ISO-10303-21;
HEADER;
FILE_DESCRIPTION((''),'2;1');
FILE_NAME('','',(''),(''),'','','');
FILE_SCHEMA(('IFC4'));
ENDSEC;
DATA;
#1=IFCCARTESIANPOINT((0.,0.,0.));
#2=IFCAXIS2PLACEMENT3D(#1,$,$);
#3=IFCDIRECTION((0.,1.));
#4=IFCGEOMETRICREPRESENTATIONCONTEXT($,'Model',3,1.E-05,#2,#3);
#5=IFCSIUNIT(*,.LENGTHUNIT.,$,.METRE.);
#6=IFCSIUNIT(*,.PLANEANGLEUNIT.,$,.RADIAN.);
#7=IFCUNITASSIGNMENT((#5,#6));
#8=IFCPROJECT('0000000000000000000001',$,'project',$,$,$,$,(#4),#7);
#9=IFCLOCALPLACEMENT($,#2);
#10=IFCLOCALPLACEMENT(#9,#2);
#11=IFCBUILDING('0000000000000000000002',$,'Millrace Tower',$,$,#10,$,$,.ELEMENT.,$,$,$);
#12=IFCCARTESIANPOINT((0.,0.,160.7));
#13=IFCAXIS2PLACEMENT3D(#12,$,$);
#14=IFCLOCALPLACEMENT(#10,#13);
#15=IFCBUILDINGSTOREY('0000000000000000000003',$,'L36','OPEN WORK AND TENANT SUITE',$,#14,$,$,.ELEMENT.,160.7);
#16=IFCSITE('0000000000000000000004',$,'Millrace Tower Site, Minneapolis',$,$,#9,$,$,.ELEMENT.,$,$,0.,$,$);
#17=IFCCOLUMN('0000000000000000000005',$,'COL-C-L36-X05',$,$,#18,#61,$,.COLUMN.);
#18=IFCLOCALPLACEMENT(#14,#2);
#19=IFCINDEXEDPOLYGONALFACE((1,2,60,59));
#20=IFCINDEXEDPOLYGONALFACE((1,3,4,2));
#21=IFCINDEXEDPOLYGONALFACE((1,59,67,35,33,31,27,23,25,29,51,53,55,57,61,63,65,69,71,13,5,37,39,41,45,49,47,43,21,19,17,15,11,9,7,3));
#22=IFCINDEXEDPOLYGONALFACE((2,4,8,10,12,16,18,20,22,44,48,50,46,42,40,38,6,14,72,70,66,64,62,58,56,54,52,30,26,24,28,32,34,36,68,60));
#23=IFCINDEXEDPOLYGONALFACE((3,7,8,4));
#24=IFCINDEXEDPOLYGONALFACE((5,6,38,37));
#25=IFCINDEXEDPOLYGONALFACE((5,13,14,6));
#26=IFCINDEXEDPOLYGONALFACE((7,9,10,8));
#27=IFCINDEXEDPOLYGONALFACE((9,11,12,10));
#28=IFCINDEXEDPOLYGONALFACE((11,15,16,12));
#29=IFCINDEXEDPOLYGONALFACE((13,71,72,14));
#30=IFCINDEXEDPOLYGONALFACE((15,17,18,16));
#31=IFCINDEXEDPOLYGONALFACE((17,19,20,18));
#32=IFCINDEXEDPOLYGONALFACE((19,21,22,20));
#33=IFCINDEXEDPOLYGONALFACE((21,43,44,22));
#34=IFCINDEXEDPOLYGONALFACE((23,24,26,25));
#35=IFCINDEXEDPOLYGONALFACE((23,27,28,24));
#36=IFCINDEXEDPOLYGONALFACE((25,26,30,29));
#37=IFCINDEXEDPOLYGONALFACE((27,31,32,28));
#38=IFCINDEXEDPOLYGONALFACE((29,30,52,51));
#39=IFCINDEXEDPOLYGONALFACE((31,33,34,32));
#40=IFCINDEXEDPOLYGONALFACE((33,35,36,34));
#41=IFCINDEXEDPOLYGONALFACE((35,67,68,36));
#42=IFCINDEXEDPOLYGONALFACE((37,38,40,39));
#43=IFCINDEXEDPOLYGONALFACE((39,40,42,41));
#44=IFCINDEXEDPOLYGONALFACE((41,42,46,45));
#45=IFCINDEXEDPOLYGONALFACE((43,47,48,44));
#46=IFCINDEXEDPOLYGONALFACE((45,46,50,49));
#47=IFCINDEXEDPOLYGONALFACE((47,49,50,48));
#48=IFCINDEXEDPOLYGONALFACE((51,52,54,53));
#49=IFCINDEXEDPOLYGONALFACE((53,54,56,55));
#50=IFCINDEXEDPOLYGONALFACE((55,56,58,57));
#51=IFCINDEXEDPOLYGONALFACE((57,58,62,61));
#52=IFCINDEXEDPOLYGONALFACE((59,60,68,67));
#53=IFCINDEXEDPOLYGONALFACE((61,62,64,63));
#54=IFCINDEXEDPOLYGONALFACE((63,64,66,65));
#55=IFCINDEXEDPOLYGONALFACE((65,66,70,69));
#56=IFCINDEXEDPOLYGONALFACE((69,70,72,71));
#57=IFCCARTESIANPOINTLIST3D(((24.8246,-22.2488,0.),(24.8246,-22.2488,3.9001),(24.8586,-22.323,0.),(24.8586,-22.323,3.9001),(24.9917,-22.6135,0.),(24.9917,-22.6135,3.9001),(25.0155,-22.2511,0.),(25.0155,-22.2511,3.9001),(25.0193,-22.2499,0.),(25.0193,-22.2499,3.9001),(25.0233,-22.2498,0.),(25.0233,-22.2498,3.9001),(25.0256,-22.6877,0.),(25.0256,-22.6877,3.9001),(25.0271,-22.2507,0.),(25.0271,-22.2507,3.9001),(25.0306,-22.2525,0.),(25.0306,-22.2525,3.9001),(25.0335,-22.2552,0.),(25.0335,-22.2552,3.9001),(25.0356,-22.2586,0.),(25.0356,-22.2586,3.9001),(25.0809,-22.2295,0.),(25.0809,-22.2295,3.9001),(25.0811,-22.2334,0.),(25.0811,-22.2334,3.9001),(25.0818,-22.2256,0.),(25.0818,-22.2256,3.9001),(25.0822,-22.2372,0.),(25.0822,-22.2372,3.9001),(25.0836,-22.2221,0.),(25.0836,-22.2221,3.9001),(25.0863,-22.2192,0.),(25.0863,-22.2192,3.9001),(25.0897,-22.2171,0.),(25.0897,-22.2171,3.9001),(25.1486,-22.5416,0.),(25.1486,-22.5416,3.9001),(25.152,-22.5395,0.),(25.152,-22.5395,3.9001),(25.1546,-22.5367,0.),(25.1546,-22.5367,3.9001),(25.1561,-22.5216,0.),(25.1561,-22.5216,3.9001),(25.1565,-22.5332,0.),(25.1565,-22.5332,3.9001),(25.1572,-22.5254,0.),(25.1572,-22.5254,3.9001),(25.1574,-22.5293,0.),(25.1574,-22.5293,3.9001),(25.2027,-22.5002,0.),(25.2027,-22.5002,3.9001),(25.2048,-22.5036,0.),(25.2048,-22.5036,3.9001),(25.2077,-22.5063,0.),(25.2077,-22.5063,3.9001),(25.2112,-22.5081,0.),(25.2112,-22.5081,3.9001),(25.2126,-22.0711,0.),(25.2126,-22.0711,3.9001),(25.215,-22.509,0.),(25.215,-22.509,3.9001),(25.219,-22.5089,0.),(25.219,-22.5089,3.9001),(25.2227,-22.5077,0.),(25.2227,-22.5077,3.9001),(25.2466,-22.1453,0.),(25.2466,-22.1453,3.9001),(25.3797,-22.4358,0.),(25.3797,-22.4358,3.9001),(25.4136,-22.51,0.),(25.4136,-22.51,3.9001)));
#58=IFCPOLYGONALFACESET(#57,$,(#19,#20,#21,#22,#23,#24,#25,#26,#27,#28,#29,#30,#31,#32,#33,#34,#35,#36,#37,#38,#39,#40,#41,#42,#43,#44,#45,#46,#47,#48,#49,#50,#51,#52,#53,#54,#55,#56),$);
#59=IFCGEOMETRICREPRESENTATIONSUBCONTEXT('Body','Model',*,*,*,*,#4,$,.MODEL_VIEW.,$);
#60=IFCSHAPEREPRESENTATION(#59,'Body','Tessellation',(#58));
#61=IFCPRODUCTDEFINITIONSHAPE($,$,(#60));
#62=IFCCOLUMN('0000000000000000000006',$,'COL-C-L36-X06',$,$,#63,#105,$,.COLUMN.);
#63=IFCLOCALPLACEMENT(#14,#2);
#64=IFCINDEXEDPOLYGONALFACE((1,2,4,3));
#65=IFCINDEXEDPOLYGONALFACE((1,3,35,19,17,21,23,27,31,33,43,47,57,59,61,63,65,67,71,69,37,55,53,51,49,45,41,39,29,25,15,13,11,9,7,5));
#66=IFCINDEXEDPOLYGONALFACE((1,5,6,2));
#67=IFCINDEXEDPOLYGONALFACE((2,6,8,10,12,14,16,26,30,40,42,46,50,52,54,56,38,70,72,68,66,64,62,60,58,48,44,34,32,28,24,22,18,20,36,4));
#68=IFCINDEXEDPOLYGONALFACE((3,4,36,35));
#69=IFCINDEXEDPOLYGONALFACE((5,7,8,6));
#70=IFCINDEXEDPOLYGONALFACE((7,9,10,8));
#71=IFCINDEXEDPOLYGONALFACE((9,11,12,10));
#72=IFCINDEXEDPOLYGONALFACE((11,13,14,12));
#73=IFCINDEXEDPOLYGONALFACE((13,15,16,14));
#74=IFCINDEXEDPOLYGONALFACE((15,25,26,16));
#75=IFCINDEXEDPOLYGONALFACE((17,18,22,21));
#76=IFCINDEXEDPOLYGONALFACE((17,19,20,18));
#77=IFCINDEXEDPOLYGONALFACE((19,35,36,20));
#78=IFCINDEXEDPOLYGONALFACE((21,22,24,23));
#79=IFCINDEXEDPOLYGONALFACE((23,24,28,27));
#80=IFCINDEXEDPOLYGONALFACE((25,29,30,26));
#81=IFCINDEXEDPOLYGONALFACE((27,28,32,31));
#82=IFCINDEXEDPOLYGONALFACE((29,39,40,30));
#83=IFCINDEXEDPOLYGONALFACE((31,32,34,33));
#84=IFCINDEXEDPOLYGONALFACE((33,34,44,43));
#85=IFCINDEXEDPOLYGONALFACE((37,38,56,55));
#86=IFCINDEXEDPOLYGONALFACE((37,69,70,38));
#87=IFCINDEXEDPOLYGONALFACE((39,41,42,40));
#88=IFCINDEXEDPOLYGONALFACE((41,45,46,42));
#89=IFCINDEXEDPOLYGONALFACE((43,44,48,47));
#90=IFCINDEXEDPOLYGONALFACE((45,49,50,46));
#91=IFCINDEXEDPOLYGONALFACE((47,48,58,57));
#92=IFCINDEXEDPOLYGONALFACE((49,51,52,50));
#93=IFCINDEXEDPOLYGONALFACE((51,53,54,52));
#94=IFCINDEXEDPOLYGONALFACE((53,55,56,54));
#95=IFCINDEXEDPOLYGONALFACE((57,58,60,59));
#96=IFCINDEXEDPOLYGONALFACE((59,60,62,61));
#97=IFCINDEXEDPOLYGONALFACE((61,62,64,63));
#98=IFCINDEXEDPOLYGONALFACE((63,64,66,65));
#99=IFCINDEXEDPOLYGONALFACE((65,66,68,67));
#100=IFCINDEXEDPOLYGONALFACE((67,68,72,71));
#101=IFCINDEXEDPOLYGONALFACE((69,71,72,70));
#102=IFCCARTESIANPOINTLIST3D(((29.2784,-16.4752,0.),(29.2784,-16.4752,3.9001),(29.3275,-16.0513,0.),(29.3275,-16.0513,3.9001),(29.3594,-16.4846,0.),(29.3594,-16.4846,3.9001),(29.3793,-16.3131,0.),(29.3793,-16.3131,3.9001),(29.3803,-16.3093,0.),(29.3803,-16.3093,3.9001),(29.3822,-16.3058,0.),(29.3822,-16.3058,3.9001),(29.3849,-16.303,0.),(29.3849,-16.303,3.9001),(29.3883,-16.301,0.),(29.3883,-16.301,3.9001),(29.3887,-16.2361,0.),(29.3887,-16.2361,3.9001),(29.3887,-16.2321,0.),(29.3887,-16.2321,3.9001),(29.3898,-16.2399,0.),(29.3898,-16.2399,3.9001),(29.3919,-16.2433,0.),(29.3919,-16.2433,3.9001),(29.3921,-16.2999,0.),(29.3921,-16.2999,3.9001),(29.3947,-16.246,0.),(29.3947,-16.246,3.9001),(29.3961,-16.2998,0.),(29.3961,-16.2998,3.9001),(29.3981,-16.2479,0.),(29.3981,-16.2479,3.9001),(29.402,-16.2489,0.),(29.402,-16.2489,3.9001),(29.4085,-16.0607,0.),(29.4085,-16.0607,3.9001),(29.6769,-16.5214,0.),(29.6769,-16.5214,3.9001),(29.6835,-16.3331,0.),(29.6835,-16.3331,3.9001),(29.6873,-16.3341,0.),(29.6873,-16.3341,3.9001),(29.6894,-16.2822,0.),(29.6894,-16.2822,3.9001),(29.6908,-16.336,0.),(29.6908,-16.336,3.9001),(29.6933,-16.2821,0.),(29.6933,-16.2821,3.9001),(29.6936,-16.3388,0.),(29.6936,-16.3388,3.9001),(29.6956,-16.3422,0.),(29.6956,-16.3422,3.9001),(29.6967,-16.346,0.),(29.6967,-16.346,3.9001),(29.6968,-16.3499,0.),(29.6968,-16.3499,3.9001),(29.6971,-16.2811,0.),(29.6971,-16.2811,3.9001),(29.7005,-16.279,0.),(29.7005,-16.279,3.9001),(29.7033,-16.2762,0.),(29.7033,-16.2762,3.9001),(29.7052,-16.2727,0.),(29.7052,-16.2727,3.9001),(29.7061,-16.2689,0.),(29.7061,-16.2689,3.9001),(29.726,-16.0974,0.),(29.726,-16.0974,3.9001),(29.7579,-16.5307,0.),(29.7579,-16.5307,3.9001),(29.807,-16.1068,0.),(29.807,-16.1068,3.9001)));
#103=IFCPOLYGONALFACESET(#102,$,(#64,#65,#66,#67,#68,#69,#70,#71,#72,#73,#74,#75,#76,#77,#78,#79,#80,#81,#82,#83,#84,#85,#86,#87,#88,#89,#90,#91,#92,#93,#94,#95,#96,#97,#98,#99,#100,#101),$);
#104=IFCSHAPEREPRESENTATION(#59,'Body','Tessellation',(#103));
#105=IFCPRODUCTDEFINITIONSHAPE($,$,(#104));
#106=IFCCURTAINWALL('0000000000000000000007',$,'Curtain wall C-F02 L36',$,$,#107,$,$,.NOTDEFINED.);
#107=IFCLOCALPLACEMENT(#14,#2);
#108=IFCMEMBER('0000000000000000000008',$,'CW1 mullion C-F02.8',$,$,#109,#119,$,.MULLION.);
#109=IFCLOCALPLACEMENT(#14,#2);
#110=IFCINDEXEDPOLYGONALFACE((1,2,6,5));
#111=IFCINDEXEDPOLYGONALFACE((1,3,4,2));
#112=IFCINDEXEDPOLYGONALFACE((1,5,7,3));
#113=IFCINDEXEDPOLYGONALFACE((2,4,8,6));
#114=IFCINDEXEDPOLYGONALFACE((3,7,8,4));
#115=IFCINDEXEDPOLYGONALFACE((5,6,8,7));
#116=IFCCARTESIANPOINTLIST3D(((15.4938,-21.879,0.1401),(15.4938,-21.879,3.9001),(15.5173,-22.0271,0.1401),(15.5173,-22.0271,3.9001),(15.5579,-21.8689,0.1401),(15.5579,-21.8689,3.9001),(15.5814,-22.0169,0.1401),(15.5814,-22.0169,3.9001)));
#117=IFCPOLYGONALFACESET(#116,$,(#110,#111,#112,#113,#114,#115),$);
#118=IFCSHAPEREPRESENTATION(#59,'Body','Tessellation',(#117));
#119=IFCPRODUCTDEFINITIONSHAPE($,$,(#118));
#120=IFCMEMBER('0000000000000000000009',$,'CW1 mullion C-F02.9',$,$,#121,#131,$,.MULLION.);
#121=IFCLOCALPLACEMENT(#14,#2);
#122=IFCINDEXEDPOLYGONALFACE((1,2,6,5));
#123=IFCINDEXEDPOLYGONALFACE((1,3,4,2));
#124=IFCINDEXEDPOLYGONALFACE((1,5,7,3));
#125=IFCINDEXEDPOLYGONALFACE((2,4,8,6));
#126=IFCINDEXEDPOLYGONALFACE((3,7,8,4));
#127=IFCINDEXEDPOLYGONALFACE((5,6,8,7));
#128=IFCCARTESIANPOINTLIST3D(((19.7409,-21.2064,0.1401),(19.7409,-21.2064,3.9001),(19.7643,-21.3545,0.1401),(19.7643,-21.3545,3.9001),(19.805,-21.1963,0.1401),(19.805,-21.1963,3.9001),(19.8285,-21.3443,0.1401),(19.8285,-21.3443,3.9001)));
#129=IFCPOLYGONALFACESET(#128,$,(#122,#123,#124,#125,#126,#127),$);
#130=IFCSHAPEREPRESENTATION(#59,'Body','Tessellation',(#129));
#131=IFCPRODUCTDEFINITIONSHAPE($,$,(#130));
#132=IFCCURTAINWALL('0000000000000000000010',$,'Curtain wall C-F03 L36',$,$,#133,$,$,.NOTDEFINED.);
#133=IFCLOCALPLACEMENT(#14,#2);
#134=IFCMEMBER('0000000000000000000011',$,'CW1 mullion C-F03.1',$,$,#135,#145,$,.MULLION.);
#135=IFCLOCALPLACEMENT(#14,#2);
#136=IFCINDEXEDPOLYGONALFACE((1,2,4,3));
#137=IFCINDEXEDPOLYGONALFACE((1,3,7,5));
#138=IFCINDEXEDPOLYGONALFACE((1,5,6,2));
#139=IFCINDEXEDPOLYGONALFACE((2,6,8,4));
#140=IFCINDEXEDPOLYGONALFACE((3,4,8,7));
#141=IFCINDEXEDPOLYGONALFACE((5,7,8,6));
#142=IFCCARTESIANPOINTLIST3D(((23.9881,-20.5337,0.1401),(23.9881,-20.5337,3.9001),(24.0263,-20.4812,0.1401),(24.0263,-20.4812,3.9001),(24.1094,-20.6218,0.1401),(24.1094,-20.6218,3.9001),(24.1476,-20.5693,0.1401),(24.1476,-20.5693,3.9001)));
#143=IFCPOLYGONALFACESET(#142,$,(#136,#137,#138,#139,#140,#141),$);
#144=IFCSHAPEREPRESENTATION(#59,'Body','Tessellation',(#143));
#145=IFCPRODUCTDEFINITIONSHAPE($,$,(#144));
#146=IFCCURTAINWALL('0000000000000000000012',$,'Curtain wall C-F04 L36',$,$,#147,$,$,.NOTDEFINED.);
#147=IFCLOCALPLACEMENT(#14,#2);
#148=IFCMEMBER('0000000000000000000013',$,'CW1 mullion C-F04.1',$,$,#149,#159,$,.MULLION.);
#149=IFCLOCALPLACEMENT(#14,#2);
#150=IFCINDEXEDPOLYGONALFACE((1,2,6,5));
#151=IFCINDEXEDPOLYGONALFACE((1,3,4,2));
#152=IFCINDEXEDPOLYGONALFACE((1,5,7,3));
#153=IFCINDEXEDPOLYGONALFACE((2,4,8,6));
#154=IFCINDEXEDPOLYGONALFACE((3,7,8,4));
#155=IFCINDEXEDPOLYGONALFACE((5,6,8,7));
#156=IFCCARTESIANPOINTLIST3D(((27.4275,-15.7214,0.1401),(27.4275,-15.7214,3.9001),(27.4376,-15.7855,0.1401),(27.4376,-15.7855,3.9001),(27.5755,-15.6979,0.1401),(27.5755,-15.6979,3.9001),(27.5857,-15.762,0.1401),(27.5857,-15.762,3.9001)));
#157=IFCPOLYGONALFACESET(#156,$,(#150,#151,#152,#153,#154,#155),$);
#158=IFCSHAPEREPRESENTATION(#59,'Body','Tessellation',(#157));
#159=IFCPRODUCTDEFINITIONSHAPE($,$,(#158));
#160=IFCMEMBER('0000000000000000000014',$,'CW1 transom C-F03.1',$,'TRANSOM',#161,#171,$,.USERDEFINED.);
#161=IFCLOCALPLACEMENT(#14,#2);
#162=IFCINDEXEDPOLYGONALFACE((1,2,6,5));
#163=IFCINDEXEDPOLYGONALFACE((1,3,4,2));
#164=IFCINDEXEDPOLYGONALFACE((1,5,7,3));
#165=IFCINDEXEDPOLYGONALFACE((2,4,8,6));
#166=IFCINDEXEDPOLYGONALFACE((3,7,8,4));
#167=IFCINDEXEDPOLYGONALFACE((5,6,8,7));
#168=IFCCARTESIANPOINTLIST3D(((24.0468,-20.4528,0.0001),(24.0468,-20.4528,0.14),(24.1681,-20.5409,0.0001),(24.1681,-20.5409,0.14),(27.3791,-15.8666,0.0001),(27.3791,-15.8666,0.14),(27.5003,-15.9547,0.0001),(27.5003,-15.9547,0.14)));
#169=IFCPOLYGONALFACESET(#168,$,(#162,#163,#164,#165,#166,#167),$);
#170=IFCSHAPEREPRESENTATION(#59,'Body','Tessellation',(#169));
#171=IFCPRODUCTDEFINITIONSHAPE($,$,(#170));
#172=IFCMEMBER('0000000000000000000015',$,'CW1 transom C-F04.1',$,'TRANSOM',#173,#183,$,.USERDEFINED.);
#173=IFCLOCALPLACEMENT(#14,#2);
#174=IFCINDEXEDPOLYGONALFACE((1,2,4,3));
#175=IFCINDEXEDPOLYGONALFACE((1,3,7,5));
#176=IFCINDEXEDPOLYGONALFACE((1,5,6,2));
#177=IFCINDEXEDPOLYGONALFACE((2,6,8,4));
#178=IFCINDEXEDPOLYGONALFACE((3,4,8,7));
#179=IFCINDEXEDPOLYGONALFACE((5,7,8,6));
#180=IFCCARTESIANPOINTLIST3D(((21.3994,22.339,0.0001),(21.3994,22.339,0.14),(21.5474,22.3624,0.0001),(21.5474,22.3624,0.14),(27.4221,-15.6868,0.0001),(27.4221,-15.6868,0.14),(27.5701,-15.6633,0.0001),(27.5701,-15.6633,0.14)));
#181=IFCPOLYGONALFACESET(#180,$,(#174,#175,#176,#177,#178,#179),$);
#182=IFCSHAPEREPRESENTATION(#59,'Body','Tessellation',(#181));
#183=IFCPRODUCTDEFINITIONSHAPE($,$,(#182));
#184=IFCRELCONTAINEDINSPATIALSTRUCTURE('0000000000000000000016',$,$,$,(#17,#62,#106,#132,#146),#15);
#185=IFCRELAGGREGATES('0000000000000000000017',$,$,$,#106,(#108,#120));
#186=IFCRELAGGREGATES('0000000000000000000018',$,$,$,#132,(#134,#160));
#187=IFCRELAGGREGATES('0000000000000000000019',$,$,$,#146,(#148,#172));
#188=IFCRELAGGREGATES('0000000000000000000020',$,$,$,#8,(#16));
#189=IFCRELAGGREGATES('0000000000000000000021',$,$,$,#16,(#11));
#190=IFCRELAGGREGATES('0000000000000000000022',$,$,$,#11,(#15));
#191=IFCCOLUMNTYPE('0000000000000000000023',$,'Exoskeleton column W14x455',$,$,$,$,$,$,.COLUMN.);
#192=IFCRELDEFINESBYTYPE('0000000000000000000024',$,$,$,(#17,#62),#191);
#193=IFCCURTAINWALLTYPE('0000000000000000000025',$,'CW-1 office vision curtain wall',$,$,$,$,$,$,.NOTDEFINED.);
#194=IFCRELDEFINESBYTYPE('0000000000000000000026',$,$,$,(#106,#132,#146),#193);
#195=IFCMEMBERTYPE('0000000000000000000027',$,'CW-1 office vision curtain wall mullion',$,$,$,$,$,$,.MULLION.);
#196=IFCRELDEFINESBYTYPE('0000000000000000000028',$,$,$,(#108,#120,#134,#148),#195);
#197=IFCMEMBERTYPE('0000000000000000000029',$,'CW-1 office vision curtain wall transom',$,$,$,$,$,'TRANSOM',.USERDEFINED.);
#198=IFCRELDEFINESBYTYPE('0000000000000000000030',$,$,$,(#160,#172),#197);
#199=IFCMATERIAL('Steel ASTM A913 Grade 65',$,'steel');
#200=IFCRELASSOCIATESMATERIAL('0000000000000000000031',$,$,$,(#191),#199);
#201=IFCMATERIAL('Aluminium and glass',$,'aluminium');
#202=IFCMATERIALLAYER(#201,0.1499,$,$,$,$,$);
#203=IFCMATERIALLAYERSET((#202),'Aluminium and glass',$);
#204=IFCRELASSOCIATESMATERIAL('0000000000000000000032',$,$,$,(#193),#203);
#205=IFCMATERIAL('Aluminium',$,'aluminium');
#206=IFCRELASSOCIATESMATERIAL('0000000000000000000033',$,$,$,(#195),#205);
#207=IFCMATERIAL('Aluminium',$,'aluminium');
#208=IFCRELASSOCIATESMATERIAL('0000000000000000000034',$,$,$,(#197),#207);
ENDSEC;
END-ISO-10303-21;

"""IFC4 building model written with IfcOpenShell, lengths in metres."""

from ifc_helpers import new_model, si_unit, direction, frame, origin, origin_2d, place, context, subcontext, project, spatial, rectangle, i_section, extrude, material, layer, layer_set, material_profile, profile_set, type_object, element, aggregate, save


model = new_model("IFC4")

# Units and contexts
model_context = context("Model", 3, precision=1e-05, world=origin(), true_north=direction((0.0, 1.0)))
body_context = subcontext(model_context, "Body", "Model", "MODEL_VIEW")
ifc_project = project(units=[si_unit("LENGTHUNIT", "METRE"), si_unit("PLANEANGLEUNIT", "RADIAN")], contexts=[model_context])

# Site, building, storey
site_placement = place(None, origin())
site = spatial("IfcSite", under=ifc_project, at=site_placement, Name="Millrace Tower Site, Minneapolis", CompositionType="ELEMENT", RefElevation=0.0)
building_placement = place(site_placement, origin())
building = spatial("IfcBuilding", under=site, at=building_placement, Name="Millrace Tower", CompositionType="ELEMENT")
storey_placement = place(building_placement, frame((0.0, 0.0, 160.7)))
storey = spatial("IfcBuildingStorey", under=building, at=storey_placement, Name="L36", Description="OPEN WORK AND TENANT SUITE", CompositionType="ELEMENT", Elevation=160.7)

# Columns
ifc_material_1 = material(Name="Steel ASTM A913 Grade 65", Category="steel")
ifc_material_profile_1 = material_profile(ifc_material_1, i_section(OverallWidth=0.4268, OverallDepth=0.4827, WebThickness=0.0513, FlangeThickness=0.0815, FilletRadius=0.0151, at=origin_2d()))
ifc_profile_set_1 = profile_set([ifc_material_profile_1], Name="Steel ASTM A913 Grade 65")
column_type = type_object("IfcColumnType", Name="Exoskeleton column W14x455", PredefinedType="COLUMN", material=ifc_profile_set_1)
for number, where, z_axis, x_axis, name in (
    (1, (25.1191, -22.3794, 0.0), (0.0, 0.0, 1.0), (0.909181, 0.416401, 0.0), "COL-C-L36-X05"),
    (2, (29.5427, -16.291, 0.0), (0.0, 0.0, 1.0), (0.115069, 0.993358, 0.0), "COL-C-L36-X06"),
):
    element("IfcColumn", number, at=place(storey_placement, frame(where, z_axis=z_axis, x_axis=x_axis)), inside=storey, type_object=column_type, Name=name, PredefinedType="COLUMN", context=body_context, shape_type="SweptSolid", body=[
        extrude(i_section(OverallWidth=0.4268, OverallDepth=0.4827, WebThickness=0.0513, FlangeThickness=0.0815, FilletRadius=0.0151, at=origin_2d()), origin(), (0.0, 0.0, 1.0), 3.9001),
    ])

# Curtain wall, members
ifc_material_2 = material(Name="Aluminium and glass", Category="aluminium")
ifc_layer_1 = layer(ifc_material_2, 0.1499)
ifc_layer_set_1 = layer_set([ifc_layer_1], Name="Aluminium and glass")
curtain_wall_type = type_object("IfcCurtainWallType", Name="CW-1 office vision curtain wall", PredefinedType="NOTDEFINED", material=ifc_layer_set_1)
placement = place(storey_placement, origin())
curtain_wall_1 = element("IfcCurtainWall", 3, at=placement, inside=storey, type_object=curtain_wall_type, Name="Curtain wall C-F02 L36", PredefinedType="NOTDEFINED")
ifc_material_3 = material(Name="Aluminium", Category="aluminium")
ifc_material_profile_2 = material_profile(ifc_material_3, rectangle(XDim=0.0649, YDim=0.1499, at=origin_2d()))
ifc_profile_set_2 = profile_set([ifc_material_profile_2], Name="Aluminium")
member_type_1 = type_object("IfcMemberType", Name="CW-1 office vision curtain wall mullion", PredefinedType="MULLION", material=ifc_profile_set_2)
member_1_placement = place(storey_placement, frame((15.5376, -21.948, 0.1401), z_axis=(0.0, 0.0, 1.0), x_axis=(0.987688, 0.156434, 0.0)))
member_1 = element("IfcMember", 4, at=member_1_placement, type_object=member_type_1, Name="CW1 mullion C-F02.8", PredefinedType="MULLION", context=body_context, shape_type="SweptSolid", body=[
    extrude(rectangle(XDim=0.0649, YDim=0.1499, at=origin_2d()), origin(), (0.0, 0.0, 1.0), 3.76),
])
member_2_placement = place(storey_placement, frame((19.7847, -21.2754, 0.1401), z_axis=(0.0, 0.0, 1.0), x_axis=(0.987688, 0.156434, 0.0)))
member_2 = element("IfcMember", 5, at=member_2_placement, type_object=member_type_1, Name="CW1 mullion C-F02.9", PredefinedType="MULLION", context=body_context, shape_type="SweptSolid", body=[
    extrude(rectangle(XDim=0.0649, YDim=0.1499, at=origin_2d()), origin(), (0.0, 0.0, 1.0), 3.76),
])
aggregate(curtain_wall_1, [member_1, member_2])

# Curtain walls, members
curtain_wall_2 = element("IfcCurtainWall", 6, at=placement, inside=storey, type_object=curtain_wall_type, Name="Curtain wall C-F03 L36", PredefinedType="NOTDEFINED")
member_3_placement = place(storey_placement, frame((24.0679, -20.5515, 0.1401), z_axis=(0.0, 0.0, 1.0), x_axis=(0.587785, 0.809017, 0.0)))
member_3 = element("IfcMember", 7, at=member_3_placement, type_object=member_type_1, Name="CW1 mullion C-F03.1", PredefinedType="MULLION", context=body_context, shape_type="SweptSolid", body=[
    extrude(rectangle(XDim=0.0649, YDim=0.1499, at=origin_2d()), origin(), (0.0, 0.0, 1.0), 3.76),
])
curtain_wall_3 = element("IfcCurtainWall", 8, at=placement, inside=storey, type_object=curtain_wall_type, Name="Curtain wall C-F04 L36", PredefinedType="NOTDEFINED")
member_4_placement = place(storey_placement, frame((27.5066, -15.7417, 0.1401), z_axis=(0.0, 0.0, 1.0), x_axis=(-0.156434, 0.987688, 0.0)))
member_4 = element("IfcMember", 9, at=member_4_placement, type_object=member_type_1, Name="CW1 mullion C-F04.1", PredefinedType="MULLION", context=body_context, shape_type="SweptSolid", body=[
    extrude(rectangle(XDim=0.0649, YDim=0.1499, at=origin_2d()), origin(), (0.0, 0.0, 1.0), 3.76),
])

# Members
ifc_material_4 = material(Name="Aluminium", Category="aluminium")
ifc_material_profile_3 = material_profile(ifc_material_4, rectangle(XDim=0.1499, YDim=0.1399, at=origin_2d()))
ifc_profile_set_3 = profile_set([ifc_material_profile_3], Name="Aluminium")
member_type_2 = type_object("IfcMemberType", Name="CW-1 office vision curtain wall transom", ElementType="TRANSOM", PredefinedType="USERDEFINED", material=ifc_profile_set_3)
member_5_placement = place(storey_placement, frame((24.1074, -20.4968, 0.0701), z_axis=(0.587811, 0.808999, 0.0), x_axis=(-0.808999, 0.587811, 0.0)))
member_5 = element("IfcMember", 10, at=member_5_placement, type_object=member_type_2, Name="CW1 transom C-F03.1", ObjectType="TRANSOM", PredefinedType="USERDEFINED", context=body_context, shape_type="SweptSolid", body=[
    extrude(rectangle(XDim=0.1499, YDim=0.1399, at=origin_2d()), origin(), (0.0, 0.0, 1.0), 5.6689),
])
aggregate(curtain_wall_2, [member_3, member_5])
member_6_placement = place(storey_placement, frame((27.4961, -15.675, 0.0701), z_axis=(-0.156434, 0.987688, 0.0), x_axis=(-0.987688, -0.156434, 0.0)))
member_6 = element("IfcMember", 11, at=member_6_placement, type_object=member_type_2, Name="CW1 transom C-F04.1", ObjectType="TRANSOM", PredefinedType="USERDEFINED", context=body_context, shape_type="SweptSolid", body=[
    extrude(rectangle(XDim=0.1499, YDim=0.1399, at=origin_2d()), origin(), (0.0, 0.0, 1.0), 38.4998),
])
aggregate(curtain_wall_3, [member_4, member_6])

save(model, "model.ifc")
